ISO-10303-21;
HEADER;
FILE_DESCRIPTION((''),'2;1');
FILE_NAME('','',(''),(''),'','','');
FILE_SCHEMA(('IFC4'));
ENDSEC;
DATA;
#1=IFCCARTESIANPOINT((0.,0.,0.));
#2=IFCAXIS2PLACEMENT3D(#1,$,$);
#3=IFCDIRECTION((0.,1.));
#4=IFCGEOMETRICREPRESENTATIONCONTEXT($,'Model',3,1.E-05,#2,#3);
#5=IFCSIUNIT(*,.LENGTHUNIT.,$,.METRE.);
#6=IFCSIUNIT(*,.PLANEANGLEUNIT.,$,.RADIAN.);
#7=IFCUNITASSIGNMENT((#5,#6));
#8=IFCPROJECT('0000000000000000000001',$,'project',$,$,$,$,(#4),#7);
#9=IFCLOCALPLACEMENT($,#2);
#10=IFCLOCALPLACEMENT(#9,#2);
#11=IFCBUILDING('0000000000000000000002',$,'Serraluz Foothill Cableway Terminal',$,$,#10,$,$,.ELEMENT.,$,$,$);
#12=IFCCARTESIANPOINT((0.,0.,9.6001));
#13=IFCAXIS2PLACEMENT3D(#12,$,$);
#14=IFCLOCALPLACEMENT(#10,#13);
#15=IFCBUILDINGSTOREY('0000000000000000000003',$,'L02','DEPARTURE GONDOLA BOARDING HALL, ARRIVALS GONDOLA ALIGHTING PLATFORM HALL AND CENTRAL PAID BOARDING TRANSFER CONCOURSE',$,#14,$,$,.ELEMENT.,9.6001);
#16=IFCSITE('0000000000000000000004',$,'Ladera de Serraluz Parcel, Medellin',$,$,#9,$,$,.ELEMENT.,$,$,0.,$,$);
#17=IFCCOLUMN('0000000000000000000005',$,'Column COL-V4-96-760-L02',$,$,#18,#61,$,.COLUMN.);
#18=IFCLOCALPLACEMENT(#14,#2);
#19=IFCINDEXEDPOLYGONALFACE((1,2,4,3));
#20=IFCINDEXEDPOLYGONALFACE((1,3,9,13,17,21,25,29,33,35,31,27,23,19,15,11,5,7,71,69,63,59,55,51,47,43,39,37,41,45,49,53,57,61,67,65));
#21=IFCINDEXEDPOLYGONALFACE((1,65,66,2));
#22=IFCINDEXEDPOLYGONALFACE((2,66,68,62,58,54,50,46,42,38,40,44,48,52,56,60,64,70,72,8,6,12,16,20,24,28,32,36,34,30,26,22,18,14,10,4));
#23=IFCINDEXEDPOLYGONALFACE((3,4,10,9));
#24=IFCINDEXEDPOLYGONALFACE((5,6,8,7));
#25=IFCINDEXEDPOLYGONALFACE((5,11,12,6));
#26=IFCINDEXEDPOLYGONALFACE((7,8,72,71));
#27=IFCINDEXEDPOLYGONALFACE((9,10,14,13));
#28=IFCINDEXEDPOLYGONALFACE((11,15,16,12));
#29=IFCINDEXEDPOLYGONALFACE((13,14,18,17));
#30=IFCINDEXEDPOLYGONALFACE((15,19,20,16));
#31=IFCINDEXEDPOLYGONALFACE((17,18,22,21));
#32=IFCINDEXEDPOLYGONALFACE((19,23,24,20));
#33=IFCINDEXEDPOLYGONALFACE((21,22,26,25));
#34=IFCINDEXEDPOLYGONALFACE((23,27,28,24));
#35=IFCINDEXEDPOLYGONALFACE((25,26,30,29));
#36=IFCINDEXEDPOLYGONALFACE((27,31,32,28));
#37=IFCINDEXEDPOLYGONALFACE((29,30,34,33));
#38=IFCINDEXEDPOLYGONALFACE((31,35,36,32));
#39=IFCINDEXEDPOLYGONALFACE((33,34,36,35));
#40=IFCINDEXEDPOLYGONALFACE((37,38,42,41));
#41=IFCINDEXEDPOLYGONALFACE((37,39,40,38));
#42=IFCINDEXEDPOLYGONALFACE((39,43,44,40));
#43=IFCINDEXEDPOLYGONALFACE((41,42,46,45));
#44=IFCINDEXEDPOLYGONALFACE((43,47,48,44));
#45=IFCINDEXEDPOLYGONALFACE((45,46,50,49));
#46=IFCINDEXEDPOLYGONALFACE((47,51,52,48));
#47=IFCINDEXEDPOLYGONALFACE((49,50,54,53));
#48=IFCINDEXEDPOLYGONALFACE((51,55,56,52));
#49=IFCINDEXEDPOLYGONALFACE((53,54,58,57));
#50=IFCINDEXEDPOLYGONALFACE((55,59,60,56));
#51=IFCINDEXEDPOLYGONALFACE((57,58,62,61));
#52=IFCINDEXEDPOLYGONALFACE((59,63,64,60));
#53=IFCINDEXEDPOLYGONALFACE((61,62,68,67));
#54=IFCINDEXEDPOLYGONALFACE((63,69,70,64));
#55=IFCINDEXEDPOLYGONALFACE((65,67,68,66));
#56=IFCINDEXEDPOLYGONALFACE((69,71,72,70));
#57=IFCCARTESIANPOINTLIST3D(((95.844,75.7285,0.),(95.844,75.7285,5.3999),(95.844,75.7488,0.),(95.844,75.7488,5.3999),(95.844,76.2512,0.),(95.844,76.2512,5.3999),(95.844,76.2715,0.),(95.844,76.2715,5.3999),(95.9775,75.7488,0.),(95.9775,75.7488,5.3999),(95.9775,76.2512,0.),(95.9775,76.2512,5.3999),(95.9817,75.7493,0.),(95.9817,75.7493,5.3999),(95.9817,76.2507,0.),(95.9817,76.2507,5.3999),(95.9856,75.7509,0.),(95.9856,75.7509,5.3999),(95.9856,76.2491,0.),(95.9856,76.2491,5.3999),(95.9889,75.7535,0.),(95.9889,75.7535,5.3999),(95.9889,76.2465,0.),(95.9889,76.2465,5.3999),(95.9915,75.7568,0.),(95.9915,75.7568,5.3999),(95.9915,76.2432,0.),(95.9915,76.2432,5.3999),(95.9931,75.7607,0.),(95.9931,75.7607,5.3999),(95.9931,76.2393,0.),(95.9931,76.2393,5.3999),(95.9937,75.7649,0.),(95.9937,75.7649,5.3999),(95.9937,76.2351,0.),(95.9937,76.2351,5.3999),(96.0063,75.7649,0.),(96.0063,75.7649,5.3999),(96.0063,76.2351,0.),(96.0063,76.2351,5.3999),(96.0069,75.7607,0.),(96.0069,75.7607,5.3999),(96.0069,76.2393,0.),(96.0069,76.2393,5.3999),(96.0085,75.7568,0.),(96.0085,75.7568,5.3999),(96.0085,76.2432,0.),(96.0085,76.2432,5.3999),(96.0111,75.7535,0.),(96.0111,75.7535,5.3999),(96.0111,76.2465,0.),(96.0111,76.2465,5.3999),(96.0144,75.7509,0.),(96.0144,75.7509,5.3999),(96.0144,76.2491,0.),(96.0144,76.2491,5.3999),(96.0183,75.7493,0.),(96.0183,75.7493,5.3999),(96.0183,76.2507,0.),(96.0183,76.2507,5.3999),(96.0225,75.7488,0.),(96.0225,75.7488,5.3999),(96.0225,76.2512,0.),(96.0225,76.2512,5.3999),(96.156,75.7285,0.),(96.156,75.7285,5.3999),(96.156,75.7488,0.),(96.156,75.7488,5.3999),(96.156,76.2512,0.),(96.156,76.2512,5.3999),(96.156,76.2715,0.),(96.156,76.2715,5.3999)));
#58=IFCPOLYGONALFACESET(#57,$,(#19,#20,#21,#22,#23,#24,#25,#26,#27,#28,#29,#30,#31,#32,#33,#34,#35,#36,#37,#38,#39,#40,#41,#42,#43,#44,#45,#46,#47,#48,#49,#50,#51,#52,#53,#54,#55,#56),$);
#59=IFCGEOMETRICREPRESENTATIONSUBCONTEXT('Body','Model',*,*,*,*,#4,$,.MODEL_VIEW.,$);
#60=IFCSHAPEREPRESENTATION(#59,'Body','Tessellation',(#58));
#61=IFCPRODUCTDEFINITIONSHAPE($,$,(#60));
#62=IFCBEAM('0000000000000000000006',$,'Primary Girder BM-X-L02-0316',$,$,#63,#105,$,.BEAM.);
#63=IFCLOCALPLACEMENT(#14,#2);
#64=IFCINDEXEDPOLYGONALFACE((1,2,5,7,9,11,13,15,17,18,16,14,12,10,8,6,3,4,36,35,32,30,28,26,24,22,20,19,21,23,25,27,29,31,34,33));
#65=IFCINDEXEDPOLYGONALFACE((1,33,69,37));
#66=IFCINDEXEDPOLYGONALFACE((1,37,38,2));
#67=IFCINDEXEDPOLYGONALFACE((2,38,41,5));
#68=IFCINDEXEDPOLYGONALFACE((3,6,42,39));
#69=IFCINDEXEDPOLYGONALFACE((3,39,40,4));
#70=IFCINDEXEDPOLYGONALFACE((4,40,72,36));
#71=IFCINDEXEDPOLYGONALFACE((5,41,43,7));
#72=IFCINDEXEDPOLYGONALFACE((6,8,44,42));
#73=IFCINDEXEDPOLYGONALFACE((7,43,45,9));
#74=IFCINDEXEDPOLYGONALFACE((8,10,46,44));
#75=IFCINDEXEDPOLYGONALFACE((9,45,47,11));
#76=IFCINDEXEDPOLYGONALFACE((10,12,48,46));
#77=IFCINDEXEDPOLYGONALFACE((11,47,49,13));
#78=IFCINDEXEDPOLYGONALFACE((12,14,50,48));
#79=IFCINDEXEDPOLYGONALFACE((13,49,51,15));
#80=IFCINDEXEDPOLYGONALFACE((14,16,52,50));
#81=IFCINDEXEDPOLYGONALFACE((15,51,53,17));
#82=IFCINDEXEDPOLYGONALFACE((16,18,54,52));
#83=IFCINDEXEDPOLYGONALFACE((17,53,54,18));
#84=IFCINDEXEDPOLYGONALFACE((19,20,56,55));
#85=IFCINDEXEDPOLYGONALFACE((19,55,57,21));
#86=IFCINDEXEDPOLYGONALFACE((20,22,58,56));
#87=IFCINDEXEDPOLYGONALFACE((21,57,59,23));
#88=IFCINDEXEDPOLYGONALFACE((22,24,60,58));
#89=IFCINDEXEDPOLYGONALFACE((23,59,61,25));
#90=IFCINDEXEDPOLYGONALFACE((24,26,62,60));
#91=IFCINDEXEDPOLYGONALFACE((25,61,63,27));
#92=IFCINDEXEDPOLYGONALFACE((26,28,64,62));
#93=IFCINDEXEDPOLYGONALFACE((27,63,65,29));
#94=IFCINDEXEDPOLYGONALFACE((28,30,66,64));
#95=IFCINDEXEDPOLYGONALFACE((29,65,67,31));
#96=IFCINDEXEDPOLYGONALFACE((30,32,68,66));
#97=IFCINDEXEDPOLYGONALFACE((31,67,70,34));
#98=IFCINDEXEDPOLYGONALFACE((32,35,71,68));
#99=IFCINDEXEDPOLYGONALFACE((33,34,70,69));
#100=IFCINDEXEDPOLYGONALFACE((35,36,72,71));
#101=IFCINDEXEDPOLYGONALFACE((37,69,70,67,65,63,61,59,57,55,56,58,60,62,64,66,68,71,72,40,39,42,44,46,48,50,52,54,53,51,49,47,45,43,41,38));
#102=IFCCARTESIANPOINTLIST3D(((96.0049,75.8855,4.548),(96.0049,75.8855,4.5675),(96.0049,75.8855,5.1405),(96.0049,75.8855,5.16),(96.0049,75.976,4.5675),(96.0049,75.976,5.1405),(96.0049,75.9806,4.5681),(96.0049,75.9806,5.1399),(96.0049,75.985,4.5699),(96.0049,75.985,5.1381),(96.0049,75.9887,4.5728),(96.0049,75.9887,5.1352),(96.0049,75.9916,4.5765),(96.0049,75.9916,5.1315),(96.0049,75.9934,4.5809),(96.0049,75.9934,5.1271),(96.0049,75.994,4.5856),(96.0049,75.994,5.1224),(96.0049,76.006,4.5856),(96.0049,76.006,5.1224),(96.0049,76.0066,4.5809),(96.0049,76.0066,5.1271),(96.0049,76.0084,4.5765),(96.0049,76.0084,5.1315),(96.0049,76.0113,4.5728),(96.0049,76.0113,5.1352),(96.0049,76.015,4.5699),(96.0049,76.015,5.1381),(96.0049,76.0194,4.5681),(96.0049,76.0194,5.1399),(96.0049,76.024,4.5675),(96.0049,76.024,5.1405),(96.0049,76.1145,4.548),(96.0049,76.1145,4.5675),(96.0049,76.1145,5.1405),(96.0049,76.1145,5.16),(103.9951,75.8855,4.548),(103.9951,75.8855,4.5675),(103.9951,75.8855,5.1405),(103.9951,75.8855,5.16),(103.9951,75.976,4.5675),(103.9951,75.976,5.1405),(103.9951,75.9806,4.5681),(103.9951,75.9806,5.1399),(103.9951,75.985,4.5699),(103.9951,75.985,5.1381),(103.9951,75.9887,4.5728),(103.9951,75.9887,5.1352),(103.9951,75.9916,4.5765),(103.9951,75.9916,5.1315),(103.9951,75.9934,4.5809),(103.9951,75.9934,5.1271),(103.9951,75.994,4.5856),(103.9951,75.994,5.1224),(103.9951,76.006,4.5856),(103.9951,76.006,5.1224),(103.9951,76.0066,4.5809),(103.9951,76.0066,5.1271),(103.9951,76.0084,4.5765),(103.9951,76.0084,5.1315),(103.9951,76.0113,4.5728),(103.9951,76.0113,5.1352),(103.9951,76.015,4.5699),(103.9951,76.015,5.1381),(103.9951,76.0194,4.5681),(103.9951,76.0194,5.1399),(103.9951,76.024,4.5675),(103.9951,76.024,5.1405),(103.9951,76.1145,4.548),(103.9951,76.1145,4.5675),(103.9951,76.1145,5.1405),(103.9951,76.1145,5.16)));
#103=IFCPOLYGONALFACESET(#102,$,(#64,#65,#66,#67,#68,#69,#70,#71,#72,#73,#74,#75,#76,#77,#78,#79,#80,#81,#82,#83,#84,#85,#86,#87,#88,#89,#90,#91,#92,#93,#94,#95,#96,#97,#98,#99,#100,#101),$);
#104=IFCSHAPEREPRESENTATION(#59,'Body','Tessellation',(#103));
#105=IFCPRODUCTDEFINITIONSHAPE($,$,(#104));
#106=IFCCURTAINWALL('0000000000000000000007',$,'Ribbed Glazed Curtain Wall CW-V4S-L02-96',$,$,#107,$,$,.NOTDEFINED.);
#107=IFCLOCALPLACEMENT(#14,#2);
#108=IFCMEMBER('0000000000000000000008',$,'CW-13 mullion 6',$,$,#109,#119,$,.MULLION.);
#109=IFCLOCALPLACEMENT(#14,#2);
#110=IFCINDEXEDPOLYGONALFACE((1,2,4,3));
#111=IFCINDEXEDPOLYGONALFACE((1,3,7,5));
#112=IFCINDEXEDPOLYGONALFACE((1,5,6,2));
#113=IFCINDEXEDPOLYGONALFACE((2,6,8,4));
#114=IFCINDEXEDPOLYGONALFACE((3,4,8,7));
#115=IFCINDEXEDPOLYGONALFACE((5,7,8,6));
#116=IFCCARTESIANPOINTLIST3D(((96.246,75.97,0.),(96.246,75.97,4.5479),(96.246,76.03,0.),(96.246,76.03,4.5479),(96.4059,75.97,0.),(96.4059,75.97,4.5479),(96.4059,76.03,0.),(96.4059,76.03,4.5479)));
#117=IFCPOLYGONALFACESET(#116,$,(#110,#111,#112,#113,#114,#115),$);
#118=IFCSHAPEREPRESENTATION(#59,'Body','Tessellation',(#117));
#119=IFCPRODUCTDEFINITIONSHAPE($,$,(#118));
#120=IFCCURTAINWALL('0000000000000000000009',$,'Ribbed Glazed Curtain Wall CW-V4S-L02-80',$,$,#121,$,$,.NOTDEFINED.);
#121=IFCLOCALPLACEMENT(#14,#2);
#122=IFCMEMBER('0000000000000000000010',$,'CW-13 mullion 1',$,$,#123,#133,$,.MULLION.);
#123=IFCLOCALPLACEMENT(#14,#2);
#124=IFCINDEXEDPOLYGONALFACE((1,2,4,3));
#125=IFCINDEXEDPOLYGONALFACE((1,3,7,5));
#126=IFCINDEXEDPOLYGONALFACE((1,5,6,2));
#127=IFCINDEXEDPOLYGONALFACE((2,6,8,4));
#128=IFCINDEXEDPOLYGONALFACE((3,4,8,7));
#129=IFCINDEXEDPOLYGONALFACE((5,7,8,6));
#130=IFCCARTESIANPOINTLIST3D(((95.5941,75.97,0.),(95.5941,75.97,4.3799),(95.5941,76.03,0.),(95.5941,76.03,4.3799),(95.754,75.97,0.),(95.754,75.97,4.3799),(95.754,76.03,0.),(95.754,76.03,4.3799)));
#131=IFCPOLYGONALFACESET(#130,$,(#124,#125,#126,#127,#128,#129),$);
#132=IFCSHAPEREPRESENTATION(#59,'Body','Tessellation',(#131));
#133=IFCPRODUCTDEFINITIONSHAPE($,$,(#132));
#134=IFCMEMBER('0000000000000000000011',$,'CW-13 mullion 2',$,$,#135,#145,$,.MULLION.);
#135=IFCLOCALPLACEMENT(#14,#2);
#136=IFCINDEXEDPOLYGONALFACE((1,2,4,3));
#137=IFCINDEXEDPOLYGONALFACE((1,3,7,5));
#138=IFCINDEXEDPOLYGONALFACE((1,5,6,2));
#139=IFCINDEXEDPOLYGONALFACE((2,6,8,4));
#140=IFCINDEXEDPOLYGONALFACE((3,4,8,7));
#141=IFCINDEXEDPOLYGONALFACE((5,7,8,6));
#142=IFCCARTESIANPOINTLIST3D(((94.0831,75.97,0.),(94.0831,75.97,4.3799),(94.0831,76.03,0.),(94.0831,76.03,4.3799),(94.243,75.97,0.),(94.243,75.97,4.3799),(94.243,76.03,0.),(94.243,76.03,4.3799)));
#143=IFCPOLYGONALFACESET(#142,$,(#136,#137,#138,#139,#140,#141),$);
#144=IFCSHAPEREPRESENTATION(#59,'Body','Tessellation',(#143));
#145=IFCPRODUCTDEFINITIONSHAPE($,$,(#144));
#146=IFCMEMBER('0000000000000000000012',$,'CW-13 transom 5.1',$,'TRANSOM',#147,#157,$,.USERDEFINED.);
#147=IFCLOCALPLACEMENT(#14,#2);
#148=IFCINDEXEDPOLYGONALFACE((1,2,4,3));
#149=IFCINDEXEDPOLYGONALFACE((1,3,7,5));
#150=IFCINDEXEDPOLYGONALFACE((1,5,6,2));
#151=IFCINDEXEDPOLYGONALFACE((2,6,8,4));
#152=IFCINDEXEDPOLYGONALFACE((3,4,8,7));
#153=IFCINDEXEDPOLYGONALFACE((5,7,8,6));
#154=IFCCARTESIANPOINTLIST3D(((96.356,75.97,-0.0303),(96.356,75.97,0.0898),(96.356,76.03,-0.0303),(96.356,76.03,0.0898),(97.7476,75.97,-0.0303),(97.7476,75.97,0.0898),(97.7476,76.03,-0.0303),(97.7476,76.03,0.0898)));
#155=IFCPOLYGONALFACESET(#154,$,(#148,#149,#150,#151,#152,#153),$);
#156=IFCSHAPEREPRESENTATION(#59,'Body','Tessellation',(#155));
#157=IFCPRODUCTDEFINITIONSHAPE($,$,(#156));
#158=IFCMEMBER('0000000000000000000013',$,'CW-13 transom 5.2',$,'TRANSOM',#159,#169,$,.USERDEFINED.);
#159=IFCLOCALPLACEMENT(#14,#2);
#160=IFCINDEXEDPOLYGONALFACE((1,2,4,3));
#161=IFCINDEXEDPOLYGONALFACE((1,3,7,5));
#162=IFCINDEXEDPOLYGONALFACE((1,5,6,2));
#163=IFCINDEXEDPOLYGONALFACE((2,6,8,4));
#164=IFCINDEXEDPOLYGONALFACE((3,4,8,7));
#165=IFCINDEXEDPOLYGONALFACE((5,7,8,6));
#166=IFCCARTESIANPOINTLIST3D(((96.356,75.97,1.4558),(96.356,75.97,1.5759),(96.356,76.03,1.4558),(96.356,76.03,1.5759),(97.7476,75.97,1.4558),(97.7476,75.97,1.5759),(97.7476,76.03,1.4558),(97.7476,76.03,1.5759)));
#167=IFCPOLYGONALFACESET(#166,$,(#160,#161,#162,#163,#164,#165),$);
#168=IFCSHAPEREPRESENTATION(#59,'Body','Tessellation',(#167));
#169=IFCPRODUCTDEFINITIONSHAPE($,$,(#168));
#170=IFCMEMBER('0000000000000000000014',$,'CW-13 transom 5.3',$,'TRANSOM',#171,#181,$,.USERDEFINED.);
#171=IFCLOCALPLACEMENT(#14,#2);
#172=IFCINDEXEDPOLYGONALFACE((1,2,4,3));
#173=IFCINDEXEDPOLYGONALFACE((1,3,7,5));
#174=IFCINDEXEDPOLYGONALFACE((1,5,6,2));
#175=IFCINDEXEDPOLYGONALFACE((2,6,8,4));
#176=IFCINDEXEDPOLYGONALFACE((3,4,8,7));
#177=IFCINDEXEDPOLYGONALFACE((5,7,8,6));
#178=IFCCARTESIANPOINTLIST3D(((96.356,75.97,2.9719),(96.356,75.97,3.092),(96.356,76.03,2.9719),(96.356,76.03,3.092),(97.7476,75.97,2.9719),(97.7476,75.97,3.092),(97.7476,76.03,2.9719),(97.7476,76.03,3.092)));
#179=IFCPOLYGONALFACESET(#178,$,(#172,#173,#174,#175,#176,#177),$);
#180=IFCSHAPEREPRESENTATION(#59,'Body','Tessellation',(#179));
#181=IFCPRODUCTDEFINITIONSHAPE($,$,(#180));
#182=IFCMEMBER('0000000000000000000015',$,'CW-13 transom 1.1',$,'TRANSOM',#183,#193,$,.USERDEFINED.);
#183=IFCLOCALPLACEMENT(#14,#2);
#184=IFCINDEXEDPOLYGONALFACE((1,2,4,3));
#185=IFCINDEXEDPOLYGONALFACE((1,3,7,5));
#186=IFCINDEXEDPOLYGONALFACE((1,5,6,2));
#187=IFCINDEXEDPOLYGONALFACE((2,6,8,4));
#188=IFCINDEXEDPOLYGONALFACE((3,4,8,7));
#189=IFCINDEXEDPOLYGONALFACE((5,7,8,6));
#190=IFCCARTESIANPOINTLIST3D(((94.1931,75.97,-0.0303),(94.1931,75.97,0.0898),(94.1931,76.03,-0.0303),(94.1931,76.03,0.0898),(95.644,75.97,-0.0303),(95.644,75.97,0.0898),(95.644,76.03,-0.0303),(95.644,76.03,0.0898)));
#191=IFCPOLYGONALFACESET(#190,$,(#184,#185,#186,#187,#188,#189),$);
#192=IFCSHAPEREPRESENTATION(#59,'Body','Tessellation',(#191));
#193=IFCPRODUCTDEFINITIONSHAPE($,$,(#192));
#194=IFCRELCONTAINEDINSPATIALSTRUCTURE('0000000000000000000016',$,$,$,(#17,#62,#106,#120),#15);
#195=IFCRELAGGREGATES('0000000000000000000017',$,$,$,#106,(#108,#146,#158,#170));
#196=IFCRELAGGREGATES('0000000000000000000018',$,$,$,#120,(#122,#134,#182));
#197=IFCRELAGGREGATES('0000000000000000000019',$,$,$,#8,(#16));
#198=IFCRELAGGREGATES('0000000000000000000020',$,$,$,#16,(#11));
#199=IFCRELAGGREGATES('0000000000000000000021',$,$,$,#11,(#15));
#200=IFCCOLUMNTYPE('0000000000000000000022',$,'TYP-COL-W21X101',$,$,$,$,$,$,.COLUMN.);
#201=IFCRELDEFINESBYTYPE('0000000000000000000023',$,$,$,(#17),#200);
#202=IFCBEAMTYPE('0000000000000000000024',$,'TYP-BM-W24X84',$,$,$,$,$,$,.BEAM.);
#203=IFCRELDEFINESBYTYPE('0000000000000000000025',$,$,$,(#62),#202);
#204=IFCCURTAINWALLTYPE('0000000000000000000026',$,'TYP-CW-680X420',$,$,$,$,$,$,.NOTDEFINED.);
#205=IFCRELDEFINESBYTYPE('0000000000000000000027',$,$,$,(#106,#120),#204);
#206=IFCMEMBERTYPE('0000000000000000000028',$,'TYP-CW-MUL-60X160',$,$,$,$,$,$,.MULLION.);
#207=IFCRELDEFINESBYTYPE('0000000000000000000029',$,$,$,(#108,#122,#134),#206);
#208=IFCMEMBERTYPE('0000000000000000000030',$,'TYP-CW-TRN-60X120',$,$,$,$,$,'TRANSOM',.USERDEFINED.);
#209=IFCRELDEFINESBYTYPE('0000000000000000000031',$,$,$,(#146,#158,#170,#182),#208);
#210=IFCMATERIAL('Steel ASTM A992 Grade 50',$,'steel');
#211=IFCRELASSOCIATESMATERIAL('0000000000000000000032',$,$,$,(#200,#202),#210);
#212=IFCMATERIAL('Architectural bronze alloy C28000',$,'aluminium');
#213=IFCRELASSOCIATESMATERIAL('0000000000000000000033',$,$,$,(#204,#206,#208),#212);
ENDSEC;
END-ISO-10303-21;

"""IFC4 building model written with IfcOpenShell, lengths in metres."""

from ifc_helpers import new_model, si_unit, direction, frame, origin, origin_2d, place, context, subcontext, project, spatial, rectangle, i_section, extrude, material, material_profile, profile_set, type_object, element, aggregate, save


model = new_model("IFC4")

# Units and contexts
model_context = context("Model", 3, precision=1e-05, world=origin(), true_north=direction((0.0, 1.0)))
body_context = subcontext(model_context, "Body", "Model", "MODEL_VIEW")
ifc_project = project(units=[si_unit("LENGTHUNIT", "METRE"), si_unit("PLANEANGLEUNIT", "RADIAN")], contexts=[model_context])

# Site, building, storey
site_placement = place(None, origin())
site = spatial("IfcSite", under=ifc_project, at=site_placement, Name="Ladera de Serraluz Parcel, Medellin", CompositionType="ELEMENT", RefElevation=0.0)
building_placement = place(site_placement, origin())
building = spatial("IfcBuilding", under=site, at=building_placement, Name="Serraluz Foothill Cableway Terminal", CompositionType="ELEMENT")
storey_placement = place(building_placement, frame((0.0, 0.0, 9.6001)))
storey = spatial("IfcBuildingStorey", under=building, at=storey_placement, Name="L02", Description="DEPARTURE GONDOLA BOARDING HALL, ARRIVALS GONDOLA ALIGHTING PLATFORM HALL AND CENTRAL PAID BOARDING TRANSFER CONCOURSE", CompositionType="ELEMENT", Elevation=9.6001)

# Column
ifc_material_1 = material(Name="Steel ASTM A992 Grade 50", Category="steel")
ifc_material_profile_1 = material_profile(ifc_material_1, i_section(OverallWidth=0.312, OverallDepth=0.543, WebThickness=0.0127, FlangeThickness=0.0203, FilletRadius=0.0161, at=origin_2d()), Name="W21X101")
ifc_profile_set_1 = profile_set([ifc_material_profile_1], Name="Steel ASTM A992 Grade 50")
column_type = type_object("IfcColumnType", Name="TYP-COL-W21X101", PredefinedType="COLUMN", material=ifc_profile_set_1)
column_placement = place(storey_placement, frame((96.0, 76.0, 0.0), z_axis=(0.0, 0.0, 1.0), x_axis=(1.0, 0.0, 0.0)))
element("IfcColumn", 1, at=column_placement, inside=storey, type_object=column_type, Name="Column COL-V4-96-760-L02", PredefinedType="COLUMN", context=body_context, shape_type="SweptSolid", body=[
    extrude(i_section(OverallWidth=0.312, OverallDepth=0.543, WebThickness=0.0127, FlangeThickness=0.0203, FilletRadius=0.0161, at=origin_2d()), origin(), (0.0, 0.0, 1.0), 5.3999),
])

# Beam
ifc_material_profile_2 = material_profile(ifc_material_1, i_section(OverallWidth=0.229, OverallDepth=0.6121, WebThickness=0.012, FlangeThickness=0.0195, FilletRadius=0.0181, at=origin_2d()), Name="W24X84")
ifc_profile_set_2 = profile_set([ifc_material_profile_2], Name="Steel ASTM A992 Grade 50")
beam_type = type_object("IfcBeamType", Name="TYP-BM-W24X84", PredefinedType="BEAM", material=ifc_profile_set_2)
beam_placement = place(storey_placement, frame((96.0049, 76.0, 4.854), z_axis=(1.0, 0.0, 0.0), x_axis=(0.0, 1.0, 0.0)))
element("IfcBeam", 2, at=beam_placement, inside=storey, type_object=beam_type, Name="Primary Girder BM-X-L02-0316", PredefinedType="BEAM", context=body_context, shape_type="SweptSolid", body=[
    extrude(i_section(OverallWidth=0.229, OverallDepth=0.6121, WebThickness=0.012, FlangeThickness=0.0195, FilletRadius=0.0181, at=origin_2d()), origin(), (0.0, 0.0, 1.0), 7.9902),
])

# Curtain wall, member
ifc_material_2 = material(Name="Architectural bronze alloy C28000", Category="aluminium")
curtain_wall_type = type_object("IfcCurtainWallType", Name="TYP-CW-680X420", PredefinedType="NOTDEFINED", material=ifc_material_2)
curtain_wall_1_placement = place(storey_placement, origin())
curtain_wall_1 = element("IfcCurtainWall", 3, at=curtain_wall_1_placement, inside=storey, type_object=curtain_wall_type, Name="Ribbed Glazed Curtain Wall CW-V4S-L02-96", PredefinedType="NOTDEFINED")
ifc_material_profile_3 = material_profile(ifc_material_2, rectangle(XDim=0.0601, YDim=0.1599, at=origin_2d()), Name="ALU MULLION 60x160")
ifc_profile_set_3 = profile_set([ifc_material_profile_3], Name="Architectural bronze alloy C28000")
member_type_1 = type_object("IfcMemberType", Name="TYP-CW-MUL-60X160", PredefinedType="MULLION", material=ifc_profile_set_3)
member_1_placement = place(storey_placement, frame((96.3259, 76.0, 0.0), z_axis=(0.0, 0.0, 1.0), x_axis=(0.0, -1.0, 0.0)))
member_1 = element("IfcMember", 4, at=member_1_placement, type_object=member_type_1, Name="CW-13 mullion 6", PredefinedType="MULLION", context=body_context, shape_type="SweptSolid", body=[
    extrude(rectangle(XDim=0.0601, YDim=0.1599, at=origin_2d()), origin(), (0.0, 0.0, 1.0), 4.5479),
])

# Curtain wall, members
curtain_wall_2_placement = place(storey_placement, origin())
curtain_wall_2 = element("IfcCurtainWall", 5, at=curtain_wall_2_placement, inside=storey, type_object=curtain_wall_type, Name="Ribbed Glazed Curtain Wall CW-V4S-L02-80", PredefinedType="NOTDEFINED")
member_2_placement = place(storey_placement, frame((95.6741, 76.0, 0.0), z_axis=(0.0, 0.0, 1.0), x_axis=(0.0, -1.0, 0.0)))
member_2 = element("IfcMember", 6, at=member_2_placement, type_object=member_type_1, Name="CW-13 mullion 1", PredefinedType="MULLION", context=body_context, shape_type="SweptSolid", body=[
    extrude(rectangle(XDim=0.0601, YDim=0.1599, at=origin_2d()), origin(), (0.0, 0.0, 1.0), 4.3799),
])
member_3_placement = place(storey_placement, frame((94.1631, 76.0, 0.0), z_axis=(0.0, 0.0, 1.0), x_axis=(0.0, -1.0, 0.0)))
member_3 = element("IfcMember", 7, at=member_3_placement, type_object=member_type_1, Name="CW-13 mullion 2", PredefinedType="MULLION", context=body_context, shape_type="SweptSolid", body=[
    extrude(rectangle(XDim=0.0601, YDim=0.1599, at=origin_2d()), origin(), (0.0, 0.0, 1.0), 4.3799),
])

# Members
ifc_material_profile_4 = material_profile(ifc_material_2, rectangle(XDim=0.0601, YDim=0.1201, at=origin_2d()), Name="ALU TRANSOM 60x120")
ifc_profile_set_4 = profile_set([ifc_material_profile_4], Name="Architectural bronze alloy C28000")
member_type_2 = type_object("IfcMemberType", Name="TYP-CW-TRN-60X120", ElementType="TRANSOM", PredefinedType="USERDEFINED", material=ifc_profile_set_4)
member_4_placement = place(storey_placement, frame((97.7476, 76.0, 0.0298), z_axis=(-1.0, 0.0, 0.0), x_axis=(0.0, -1.0, 0.0)))
member_4 = element("IfcMember", 8, at=member_4_placement, type_object=member_type_2, Name="CW-13 transom 5.1", ObjectType="TRANSOM", PredefinedType="USERDEFINED", context=body_context, shape_type="SweptSolid", body=[
    extrude(rectangle(XDim=0.0601, YDim=0.1201, at=origin_2d()), origin(), (0.0, 0.0, 1.0), 1.3916),
])
member_5_placement = place(storey_placement, frame((97.7476, 76.0, 1.5159), z_axis=(-1.0, 0.0, 0.0), x_axis=(0.0, -1.0, 0.0)))
member_5 = element("IfcMember", 9, at=member_5_placement, type_object=member_type_2, Name="CW-13 transom 5.2", ObjectType="TRANSOM", PredefinedType="USERDEFINED", context=body_context, shape_type="SweptSolid", body=[
    extrude(rectangle(XDim=0.0601, YDim=0.1201, at=origin_2d()), origin(), (0.0, 0.0, 1.0), 1.3916),
])
member_6_placement = place(storey_placement, frame((97.7476, 76.0, 3.032), z_axis=(-1.0, 0.0, 0.0), x_axis=(0.0, -1.0, 0.0)))
member_6 = element("IfcMember", 10, at=member_6_placement, type_object=member_type_2, Name="CW-13 transom 5.3", ObjectType="TRANSOM", PredefinedType="USERDEFINED", context=body_context, shape_type="SweptSolid", body=[
    extrude(rectangle(XDim=0.0601, YDim=0.1201, at=origin_2d()), origin(), (0.0, 0.0, 1.0), 1.3916),
])
member_7_placement = place(storey_placement, frame((95.644, 76.0, 0.0298), z_axis=(-1.0, 0.0, 0.0), x_axis=(0.0, -1.0, 0.0)))
member_7 = element("IfcMember", 11, at=member_7_placement, type_object=member_type_2, Name="CW-13 transom 1.1", ObjectType="TRANSOM", PredefinedType="USERDEFINED", context=body_context, shape_type="SweptSolid", body=[
    extrude(rectangle(XDim=0.0601, YDim=0.1201, at=origin_2d()), origin(), (0.0, 0.0, 1.0), 1.4509),
])

aggregate(curtain_wall_1, [member_1, member_4, member_5, member_6])
aggregate(curtain_wall_2, [member_2, member_3, member_7])

save(model, "model.ifc")
